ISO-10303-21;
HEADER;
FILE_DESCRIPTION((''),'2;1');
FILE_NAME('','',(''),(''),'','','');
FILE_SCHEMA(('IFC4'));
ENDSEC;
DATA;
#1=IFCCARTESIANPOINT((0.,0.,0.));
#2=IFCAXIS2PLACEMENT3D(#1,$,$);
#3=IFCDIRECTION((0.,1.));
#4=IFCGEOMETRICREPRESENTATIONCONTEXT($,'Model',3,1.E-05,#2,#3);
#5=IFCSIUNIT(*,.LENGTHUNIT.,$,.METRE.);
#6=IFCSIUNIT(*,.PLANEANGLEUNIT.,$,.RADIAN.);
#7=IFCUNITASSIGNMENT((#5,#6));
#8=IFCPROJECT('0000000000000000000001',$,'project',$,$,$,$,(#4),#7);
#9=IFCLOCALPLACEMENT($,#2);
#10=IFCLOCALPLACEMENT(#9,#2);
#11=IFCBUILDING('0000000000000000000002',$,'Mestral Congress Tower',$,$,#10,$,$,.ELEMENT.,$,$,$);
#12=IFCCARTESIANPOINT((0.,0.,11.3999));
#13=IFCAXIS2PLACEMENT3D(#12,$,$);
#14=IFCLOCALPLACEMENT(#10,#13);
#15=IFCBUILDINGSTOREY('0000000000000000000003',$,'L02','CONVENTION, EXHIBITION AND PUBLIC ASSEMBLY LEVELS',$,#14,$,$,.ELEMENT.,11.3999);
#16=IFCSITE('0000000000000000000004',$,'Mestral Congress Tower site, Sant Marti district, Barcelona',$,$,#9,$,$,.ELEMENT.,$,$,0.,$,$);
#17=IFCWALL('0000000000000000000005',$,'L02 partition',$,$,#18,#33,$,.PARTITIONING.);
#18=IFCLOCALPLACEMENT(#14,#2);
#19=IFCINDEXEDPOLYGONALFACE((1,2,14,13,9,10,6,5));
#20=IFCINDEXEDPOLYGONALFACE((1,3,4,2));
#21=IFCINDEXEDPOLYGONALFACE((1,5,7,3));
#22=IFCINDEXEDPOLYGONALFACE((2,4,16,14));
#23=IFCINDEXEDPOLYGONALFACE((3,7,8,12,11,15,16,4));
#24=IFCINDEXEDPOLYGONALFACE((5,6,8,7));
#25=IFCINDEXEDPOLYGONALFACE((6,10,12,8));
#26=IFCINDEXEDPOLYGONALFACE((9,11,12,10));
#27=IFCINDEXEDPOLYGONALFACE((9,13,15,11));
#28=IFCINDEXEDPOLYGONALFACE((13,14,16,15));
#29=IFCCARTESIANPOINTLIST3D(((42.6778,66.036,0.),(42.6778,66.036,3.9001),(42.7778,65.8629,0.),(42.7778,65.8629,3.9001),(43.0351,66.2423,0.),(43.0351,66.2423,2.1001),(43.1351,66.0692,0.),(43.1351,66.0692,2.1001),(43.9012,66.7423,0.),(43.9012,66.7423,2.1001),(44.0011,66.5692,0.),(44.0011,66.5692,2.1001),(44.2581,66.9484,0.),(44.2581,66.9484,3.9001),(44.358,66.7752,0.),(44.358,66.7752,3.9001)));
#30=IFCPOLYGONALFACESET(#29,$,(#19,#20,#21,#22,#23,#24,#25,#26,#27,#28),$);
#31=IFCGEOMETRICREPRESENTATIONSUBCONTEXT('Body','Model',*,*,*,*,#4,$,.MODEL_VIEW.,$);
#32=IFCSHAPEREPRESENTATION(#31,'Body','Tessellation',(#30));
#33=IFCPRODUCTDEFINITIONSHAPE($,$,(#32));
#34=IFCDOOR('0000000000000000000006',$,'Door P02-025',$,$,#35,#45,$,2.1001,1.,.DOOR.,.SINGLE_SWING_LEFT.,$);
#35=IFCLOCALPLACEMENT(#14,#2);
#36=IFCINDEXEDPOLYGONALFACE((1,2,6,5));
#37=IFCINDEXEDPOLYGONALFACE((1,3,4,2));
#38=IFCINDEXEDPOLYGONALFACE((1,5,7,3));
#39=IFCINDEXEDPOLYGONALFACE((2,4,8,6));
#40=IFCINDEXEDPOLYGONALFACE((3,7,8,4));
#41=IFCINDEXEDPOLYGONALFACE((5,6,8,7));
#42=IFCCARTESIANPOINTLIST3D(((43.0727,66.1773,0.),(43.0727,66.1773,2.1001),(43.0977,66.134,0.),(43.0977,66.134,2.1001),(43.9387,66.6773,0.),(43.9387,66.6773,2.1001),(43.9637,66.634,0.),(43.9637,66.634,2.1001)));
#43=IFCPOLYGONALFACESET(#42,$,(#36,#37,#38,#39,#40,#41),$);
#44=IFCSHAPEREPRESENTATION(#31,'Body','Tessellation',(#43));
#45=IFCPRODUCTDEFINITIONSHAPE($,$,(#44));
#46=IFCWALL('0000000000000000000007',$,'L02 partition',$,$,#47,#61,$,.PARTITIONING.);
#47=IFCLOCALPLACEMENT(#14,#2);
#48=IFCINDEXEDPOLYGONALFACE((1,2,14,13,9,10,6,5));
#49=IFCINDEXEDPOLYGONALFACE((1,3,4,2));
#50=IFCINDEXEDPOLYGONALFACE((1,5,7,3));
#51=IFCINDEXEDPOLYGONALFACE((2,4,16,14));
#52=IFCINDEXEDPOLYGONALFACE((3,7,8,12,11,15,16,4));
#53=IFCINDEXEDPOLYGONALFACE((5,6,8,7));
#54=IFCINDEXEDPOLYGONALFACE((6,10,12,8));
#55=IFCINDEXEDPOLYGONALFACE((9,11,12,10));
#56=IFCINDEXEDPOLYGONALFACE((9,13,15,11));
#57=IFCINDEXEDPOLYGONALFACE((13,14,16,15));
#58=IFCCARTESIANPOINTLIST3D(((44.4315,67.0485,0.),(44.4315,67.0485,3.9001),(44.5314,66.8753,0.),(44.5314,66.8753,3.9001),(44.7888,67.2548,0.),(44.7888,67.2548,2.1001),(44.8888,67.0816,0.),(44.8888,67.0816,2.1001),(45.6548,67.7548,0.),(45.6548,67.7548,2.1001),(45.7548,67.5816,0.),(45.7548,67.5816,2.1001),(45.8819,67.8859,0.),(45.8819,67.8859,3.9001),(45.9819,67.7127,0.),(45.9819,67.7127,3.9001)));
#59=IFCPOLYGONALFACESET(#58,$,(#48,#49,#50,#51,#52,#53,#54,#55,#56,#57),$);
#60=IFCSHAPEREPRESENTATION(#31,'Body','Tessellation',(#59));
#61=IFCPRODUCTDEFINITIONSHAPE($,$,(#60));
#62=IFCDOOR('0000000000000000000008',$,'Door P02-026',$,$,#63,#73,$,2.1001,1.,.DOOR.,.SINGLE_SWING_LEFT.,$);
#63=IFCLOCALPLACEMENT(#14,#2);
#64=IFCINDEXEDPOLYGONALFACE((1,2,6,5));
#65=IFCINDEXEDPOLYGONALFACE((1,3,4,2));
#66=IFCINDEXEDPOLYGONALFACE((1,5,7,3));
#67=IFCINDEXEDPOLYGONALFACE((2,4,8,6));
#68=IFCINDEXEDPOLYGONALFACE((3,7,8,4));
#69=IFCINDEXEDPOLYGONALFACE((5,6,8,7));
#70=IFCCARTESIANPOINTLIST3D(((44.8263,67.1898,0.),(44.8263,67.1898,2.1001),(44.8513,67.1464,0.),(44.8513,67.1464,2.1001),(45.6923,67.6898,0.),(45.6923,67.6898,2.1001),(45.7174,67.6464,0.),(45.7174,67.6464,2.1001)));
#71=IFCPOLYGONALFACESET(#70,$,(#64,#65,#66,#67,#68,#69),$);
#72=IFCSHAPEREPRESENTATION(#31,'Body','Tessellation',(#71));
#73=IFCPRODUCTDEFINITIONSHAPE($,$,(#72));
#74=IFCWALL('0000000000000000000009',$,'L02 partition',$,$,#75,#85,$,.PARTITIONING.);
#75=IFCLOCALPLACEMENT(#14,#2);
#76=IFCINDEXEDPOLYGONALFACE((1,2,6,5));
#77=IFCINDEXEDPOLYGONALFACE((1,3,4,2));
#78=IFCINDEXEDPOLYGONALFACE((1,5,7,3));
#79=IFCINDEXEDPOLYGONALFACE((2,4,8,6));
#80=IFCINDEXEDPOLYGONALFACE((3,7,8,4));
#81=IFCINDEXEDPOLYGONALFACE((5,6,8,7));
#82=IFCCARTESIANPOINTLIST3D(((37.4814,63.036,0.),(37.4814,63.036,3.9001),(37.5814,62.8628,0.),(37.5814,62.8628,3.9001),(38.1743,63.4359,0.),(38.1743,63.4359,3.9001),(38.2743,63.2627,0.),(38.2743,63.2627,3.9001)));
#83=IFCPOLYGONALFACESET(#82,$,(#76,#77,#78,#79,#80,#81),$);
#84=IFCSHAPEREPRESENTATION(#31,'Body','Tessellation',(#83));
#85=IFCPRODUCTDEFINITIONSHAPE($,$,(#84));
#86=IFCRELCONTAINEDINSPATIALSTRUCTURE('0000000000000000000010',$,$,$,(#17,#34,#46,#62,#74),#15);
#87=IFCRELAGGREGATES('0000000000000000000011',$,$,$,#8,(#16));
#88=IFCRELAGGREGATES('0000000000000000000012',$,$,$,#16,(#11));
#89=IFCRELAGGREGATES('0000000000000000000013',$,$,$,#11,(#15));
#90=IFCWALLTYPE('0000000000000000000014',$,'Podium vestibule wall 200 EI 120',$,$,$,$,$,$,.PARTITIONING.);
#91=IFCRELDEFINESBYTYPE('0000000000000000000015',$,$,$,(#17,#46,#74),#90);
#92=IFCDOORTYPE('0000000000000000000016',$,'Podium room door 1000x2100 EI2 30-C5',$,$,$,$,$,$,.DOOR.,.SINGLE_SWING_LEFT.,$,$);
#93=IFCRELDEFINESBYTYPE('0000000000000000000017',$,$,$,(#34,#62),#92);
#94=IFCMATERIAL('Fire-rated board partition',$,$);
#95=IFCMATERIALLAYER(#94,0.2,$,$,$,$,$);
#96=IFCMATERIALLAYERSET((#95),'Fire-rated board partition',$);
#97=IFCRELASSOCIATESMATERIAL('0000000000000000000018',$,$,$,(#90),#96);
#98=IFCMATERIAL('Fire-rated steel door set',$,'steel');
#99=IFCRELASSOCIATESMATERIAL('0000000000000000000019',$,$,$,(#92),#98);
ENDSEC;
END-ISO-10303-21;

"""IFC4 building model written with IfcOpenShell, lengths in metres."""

from ifc_helpers import new_model, si_unit, direction, frame, frame_2d, origin, place, context, subcontext, project, spatial, rectangle, extrude, material, layer, layer_set, type_object, element, fill, save


model = new_model("IFC4")

# Units and contexts
model_context = context("Model", 3, precision=1e-05, world=origin(), true_north=direction((0.0, 1.0)))
body_context = subcontext(model_context, "Body", "Model", "MODEL_VIEW")
ifc_project = project(units=[si_unit("LENGTHUNIT", "METRE"), si_unit("PLANEANGLEUNIT", "RADIAN")], contexts=[model_context])

# Site, building, storey
site_placement = place(None, origin())
site = spatial("IfcSite", under=ifc_project, at=site_placement, Name="Mestral Congress Tower site, Sant Marti district, Barcelona", CompositionType="ELEMENT", RefElevation=0.0)
building_placement = place(site_placement, origin())
building = spatial("IfcBuilding", under=site, at=building_placement, Name="Mestral Congress Tower", CompositionType="ELEMENT")
storey_placement = place(building_placement, frame((0.0, 0.0, 11.3999)))
storey = spatial("IfcBuildingStorey", under=building, at=storey_placement, Name="L02", Description="CONVENTION, EXHIBITION AND PUBLIC ASSEMBLY LEVELS", CompositionType="ELEMENT", Elevation=11.3999)

# Shared definitions
ifc_material_1 = material(Name="Fire-rated steel door set", Category="steel")

# Shared definitions
ifc_material_2 = material(Name="Fire-rated board partition")
ifc_layer_1 = layer(ifc_material_2, 0.2)
ifc_layer_set_1 = layer_set([ifc_layer_1], Name="Fire-rated board partition")
wall_type_1 = type_object("IfcWallType", Name="Podium vestibule wall 200 EI 120", PredefinedType="PARTITIONING", material=ifc_layer_set_1)

# Walls, openings, doors
wall_1_placement = place(storey_placement, frame((42.7278, 65.9495, 0.0), z_axis=(0.0, 0.0, 1.0), x_axis=(0.866036, 0.499981, 0.0)))
wall_1 = element("IfcWall", 1, at=wall_1_placement, inside=storey, type_object=wall_type_1, Name="L02 partition", PredefinedType="PARTITIONING", context=body_context, shape_type="SweptSolid", body=[
    extrude(rectangle(XDim=1.8247, YDim=0.2, at=frame_2d((0.9124, 0.0))), origin(), (0.0, 0.0, 1.0), 3.9001),
])
opening_1_placement = place(wall_1_placement, frame((0.4126, 0.0, 0.0)))
opening_1 = element("IfcOpeningElement", 2, at=opening_1_placement, cuts=wall_1, PredefinedType="OPENING", context=body_context, shape_type="SweptSolid", body=[
    extrude(rectangle(XDim=1.0, YDim=2.1001, at=frame_2d((0.5, 1.05))), frame((0.0, 0.1099, 0.0), z_axis=(0.0, -1.0, 0.0), x_axis=(1.0, 0.0, 0.0)), (0.0, 0.0, 1.0), 0.22),
])
door_type_1 = type_object("IfcDoorType", Name="Podium room door 1000x2100 EI2 30-C5", OperationType="SINGLE_SWING_LEFT", PredefinedType="DOOR", material=ifc_material_1)
door_1_placement = place(opening_1_placement, origin())
door_1 = element("IfcDoor", 3, at=door_1_placement, inside=storey, type_object=door_type_1, Name="Door P02-025", OperationType="SINGLE_SWING_LEFT", OverallHeight=2.1001, OverallWidth=1.0, PredefinedType="DOOR", context=body_context, shape_type="SweptSolid", body=[
    extrude(rectangle(XDim=1.0, YDim=2.1001, at=frame_2d((0.5, 1.05))), frame((0.0, 0.0249, 0.0), z_axis=(0.0, -1.0, 0.0), x_axis=(1.0, 0.0, 0.0)), (0.0, 0.0, 1.0), 0.05),
])
fill(opening_1, door_1)
wall_2_placement = place(storey_placement, frame((44.4814, 66.9619, 0.0), z_axis=(0.0, 0.0, 1.0), x_axis=(0.866028, 0.499996, 0.0)))
wall_2 = element("IfcWall", 4, at=wall_2_placement, inside=storey, type_object=wall_type_1, Name="L02 partition", PredefinedType="PARTITIONING", context=body_context, shape_type="SweptSolid", body=[
    extrude(rectangle(XDim=1.6748, YDim=0.2, at=frame_2d((0.8374, 0.0))), origin(), (0.0, 0.0, 1.0), 3.9001),
])
opening_2_placement = place(wall_2_placement, frame((0.4126, 0.0, 0.0)))
opening_2 = element("IfcOpeningElement", 5, at=opening_2_placement, cuts=wall_2, PredefinedType="OPENING", context=body_context, shape_type="SweptSolid", body=[
    extrude(rectangle(XDim=1.0, YDim=2.1001, at=frame_2d((0.5, 1.05))), frame((0.0, 0.1099, 0.0), z_axis=(0.0, -1.0, 0.0), x_axis=(1.0, 0.0, 0.0)), (0.0, 0.0, 1.0), 0.22),
])
door_2_placement = place(opening_2_placement, origin())
door_2 = element("IfcDoor", 6, at=door_2_placement, inside=storey, type_object=door_type_1, Name="Door P02-026", OperationType="SINGLE_SWING_LEFT", OverallHeight=2.1001, OverallWidth=1.0, PredefinedType="DOOR", context=body_context, shape_type="SweptSolid", body=[
    extrude(rectangle(XDim=1.0, YDim=2.1001, at=frame_2d((0.5, 1.05))), frame((0.0, 0.0249, 0.0), z_axis=(0.0, -1.0, 0.0), x_axis=(1.0, 0.0, 0.0)), (0.0, 0.0, 1.0), 0.05),
])
fill(opening_2, door_2)

# Wall
wall_3_placement = place(storey_placement, frame((37.5315, 62.9495, 0.0), z_axis=(0.0, 0.0, 1.0), x_axis=(0.866094, 0.499881, 0.0)))
element("IfcWall", 7, at=wall_3_placement, inside=storey, type_object=wall_type_1, Name="L02 partition", PredefinedType="PARTITIONING", context=body_context, shape_type="SweptSolid", body=[
    extrude(rectangle(XDim=0.8, YDim=0.2, at=frame_2d((0.3999, 0.0))), origin(), (0.0, 0.0, 1.0), 3.9001),
])

save(model, "model.ifc")
